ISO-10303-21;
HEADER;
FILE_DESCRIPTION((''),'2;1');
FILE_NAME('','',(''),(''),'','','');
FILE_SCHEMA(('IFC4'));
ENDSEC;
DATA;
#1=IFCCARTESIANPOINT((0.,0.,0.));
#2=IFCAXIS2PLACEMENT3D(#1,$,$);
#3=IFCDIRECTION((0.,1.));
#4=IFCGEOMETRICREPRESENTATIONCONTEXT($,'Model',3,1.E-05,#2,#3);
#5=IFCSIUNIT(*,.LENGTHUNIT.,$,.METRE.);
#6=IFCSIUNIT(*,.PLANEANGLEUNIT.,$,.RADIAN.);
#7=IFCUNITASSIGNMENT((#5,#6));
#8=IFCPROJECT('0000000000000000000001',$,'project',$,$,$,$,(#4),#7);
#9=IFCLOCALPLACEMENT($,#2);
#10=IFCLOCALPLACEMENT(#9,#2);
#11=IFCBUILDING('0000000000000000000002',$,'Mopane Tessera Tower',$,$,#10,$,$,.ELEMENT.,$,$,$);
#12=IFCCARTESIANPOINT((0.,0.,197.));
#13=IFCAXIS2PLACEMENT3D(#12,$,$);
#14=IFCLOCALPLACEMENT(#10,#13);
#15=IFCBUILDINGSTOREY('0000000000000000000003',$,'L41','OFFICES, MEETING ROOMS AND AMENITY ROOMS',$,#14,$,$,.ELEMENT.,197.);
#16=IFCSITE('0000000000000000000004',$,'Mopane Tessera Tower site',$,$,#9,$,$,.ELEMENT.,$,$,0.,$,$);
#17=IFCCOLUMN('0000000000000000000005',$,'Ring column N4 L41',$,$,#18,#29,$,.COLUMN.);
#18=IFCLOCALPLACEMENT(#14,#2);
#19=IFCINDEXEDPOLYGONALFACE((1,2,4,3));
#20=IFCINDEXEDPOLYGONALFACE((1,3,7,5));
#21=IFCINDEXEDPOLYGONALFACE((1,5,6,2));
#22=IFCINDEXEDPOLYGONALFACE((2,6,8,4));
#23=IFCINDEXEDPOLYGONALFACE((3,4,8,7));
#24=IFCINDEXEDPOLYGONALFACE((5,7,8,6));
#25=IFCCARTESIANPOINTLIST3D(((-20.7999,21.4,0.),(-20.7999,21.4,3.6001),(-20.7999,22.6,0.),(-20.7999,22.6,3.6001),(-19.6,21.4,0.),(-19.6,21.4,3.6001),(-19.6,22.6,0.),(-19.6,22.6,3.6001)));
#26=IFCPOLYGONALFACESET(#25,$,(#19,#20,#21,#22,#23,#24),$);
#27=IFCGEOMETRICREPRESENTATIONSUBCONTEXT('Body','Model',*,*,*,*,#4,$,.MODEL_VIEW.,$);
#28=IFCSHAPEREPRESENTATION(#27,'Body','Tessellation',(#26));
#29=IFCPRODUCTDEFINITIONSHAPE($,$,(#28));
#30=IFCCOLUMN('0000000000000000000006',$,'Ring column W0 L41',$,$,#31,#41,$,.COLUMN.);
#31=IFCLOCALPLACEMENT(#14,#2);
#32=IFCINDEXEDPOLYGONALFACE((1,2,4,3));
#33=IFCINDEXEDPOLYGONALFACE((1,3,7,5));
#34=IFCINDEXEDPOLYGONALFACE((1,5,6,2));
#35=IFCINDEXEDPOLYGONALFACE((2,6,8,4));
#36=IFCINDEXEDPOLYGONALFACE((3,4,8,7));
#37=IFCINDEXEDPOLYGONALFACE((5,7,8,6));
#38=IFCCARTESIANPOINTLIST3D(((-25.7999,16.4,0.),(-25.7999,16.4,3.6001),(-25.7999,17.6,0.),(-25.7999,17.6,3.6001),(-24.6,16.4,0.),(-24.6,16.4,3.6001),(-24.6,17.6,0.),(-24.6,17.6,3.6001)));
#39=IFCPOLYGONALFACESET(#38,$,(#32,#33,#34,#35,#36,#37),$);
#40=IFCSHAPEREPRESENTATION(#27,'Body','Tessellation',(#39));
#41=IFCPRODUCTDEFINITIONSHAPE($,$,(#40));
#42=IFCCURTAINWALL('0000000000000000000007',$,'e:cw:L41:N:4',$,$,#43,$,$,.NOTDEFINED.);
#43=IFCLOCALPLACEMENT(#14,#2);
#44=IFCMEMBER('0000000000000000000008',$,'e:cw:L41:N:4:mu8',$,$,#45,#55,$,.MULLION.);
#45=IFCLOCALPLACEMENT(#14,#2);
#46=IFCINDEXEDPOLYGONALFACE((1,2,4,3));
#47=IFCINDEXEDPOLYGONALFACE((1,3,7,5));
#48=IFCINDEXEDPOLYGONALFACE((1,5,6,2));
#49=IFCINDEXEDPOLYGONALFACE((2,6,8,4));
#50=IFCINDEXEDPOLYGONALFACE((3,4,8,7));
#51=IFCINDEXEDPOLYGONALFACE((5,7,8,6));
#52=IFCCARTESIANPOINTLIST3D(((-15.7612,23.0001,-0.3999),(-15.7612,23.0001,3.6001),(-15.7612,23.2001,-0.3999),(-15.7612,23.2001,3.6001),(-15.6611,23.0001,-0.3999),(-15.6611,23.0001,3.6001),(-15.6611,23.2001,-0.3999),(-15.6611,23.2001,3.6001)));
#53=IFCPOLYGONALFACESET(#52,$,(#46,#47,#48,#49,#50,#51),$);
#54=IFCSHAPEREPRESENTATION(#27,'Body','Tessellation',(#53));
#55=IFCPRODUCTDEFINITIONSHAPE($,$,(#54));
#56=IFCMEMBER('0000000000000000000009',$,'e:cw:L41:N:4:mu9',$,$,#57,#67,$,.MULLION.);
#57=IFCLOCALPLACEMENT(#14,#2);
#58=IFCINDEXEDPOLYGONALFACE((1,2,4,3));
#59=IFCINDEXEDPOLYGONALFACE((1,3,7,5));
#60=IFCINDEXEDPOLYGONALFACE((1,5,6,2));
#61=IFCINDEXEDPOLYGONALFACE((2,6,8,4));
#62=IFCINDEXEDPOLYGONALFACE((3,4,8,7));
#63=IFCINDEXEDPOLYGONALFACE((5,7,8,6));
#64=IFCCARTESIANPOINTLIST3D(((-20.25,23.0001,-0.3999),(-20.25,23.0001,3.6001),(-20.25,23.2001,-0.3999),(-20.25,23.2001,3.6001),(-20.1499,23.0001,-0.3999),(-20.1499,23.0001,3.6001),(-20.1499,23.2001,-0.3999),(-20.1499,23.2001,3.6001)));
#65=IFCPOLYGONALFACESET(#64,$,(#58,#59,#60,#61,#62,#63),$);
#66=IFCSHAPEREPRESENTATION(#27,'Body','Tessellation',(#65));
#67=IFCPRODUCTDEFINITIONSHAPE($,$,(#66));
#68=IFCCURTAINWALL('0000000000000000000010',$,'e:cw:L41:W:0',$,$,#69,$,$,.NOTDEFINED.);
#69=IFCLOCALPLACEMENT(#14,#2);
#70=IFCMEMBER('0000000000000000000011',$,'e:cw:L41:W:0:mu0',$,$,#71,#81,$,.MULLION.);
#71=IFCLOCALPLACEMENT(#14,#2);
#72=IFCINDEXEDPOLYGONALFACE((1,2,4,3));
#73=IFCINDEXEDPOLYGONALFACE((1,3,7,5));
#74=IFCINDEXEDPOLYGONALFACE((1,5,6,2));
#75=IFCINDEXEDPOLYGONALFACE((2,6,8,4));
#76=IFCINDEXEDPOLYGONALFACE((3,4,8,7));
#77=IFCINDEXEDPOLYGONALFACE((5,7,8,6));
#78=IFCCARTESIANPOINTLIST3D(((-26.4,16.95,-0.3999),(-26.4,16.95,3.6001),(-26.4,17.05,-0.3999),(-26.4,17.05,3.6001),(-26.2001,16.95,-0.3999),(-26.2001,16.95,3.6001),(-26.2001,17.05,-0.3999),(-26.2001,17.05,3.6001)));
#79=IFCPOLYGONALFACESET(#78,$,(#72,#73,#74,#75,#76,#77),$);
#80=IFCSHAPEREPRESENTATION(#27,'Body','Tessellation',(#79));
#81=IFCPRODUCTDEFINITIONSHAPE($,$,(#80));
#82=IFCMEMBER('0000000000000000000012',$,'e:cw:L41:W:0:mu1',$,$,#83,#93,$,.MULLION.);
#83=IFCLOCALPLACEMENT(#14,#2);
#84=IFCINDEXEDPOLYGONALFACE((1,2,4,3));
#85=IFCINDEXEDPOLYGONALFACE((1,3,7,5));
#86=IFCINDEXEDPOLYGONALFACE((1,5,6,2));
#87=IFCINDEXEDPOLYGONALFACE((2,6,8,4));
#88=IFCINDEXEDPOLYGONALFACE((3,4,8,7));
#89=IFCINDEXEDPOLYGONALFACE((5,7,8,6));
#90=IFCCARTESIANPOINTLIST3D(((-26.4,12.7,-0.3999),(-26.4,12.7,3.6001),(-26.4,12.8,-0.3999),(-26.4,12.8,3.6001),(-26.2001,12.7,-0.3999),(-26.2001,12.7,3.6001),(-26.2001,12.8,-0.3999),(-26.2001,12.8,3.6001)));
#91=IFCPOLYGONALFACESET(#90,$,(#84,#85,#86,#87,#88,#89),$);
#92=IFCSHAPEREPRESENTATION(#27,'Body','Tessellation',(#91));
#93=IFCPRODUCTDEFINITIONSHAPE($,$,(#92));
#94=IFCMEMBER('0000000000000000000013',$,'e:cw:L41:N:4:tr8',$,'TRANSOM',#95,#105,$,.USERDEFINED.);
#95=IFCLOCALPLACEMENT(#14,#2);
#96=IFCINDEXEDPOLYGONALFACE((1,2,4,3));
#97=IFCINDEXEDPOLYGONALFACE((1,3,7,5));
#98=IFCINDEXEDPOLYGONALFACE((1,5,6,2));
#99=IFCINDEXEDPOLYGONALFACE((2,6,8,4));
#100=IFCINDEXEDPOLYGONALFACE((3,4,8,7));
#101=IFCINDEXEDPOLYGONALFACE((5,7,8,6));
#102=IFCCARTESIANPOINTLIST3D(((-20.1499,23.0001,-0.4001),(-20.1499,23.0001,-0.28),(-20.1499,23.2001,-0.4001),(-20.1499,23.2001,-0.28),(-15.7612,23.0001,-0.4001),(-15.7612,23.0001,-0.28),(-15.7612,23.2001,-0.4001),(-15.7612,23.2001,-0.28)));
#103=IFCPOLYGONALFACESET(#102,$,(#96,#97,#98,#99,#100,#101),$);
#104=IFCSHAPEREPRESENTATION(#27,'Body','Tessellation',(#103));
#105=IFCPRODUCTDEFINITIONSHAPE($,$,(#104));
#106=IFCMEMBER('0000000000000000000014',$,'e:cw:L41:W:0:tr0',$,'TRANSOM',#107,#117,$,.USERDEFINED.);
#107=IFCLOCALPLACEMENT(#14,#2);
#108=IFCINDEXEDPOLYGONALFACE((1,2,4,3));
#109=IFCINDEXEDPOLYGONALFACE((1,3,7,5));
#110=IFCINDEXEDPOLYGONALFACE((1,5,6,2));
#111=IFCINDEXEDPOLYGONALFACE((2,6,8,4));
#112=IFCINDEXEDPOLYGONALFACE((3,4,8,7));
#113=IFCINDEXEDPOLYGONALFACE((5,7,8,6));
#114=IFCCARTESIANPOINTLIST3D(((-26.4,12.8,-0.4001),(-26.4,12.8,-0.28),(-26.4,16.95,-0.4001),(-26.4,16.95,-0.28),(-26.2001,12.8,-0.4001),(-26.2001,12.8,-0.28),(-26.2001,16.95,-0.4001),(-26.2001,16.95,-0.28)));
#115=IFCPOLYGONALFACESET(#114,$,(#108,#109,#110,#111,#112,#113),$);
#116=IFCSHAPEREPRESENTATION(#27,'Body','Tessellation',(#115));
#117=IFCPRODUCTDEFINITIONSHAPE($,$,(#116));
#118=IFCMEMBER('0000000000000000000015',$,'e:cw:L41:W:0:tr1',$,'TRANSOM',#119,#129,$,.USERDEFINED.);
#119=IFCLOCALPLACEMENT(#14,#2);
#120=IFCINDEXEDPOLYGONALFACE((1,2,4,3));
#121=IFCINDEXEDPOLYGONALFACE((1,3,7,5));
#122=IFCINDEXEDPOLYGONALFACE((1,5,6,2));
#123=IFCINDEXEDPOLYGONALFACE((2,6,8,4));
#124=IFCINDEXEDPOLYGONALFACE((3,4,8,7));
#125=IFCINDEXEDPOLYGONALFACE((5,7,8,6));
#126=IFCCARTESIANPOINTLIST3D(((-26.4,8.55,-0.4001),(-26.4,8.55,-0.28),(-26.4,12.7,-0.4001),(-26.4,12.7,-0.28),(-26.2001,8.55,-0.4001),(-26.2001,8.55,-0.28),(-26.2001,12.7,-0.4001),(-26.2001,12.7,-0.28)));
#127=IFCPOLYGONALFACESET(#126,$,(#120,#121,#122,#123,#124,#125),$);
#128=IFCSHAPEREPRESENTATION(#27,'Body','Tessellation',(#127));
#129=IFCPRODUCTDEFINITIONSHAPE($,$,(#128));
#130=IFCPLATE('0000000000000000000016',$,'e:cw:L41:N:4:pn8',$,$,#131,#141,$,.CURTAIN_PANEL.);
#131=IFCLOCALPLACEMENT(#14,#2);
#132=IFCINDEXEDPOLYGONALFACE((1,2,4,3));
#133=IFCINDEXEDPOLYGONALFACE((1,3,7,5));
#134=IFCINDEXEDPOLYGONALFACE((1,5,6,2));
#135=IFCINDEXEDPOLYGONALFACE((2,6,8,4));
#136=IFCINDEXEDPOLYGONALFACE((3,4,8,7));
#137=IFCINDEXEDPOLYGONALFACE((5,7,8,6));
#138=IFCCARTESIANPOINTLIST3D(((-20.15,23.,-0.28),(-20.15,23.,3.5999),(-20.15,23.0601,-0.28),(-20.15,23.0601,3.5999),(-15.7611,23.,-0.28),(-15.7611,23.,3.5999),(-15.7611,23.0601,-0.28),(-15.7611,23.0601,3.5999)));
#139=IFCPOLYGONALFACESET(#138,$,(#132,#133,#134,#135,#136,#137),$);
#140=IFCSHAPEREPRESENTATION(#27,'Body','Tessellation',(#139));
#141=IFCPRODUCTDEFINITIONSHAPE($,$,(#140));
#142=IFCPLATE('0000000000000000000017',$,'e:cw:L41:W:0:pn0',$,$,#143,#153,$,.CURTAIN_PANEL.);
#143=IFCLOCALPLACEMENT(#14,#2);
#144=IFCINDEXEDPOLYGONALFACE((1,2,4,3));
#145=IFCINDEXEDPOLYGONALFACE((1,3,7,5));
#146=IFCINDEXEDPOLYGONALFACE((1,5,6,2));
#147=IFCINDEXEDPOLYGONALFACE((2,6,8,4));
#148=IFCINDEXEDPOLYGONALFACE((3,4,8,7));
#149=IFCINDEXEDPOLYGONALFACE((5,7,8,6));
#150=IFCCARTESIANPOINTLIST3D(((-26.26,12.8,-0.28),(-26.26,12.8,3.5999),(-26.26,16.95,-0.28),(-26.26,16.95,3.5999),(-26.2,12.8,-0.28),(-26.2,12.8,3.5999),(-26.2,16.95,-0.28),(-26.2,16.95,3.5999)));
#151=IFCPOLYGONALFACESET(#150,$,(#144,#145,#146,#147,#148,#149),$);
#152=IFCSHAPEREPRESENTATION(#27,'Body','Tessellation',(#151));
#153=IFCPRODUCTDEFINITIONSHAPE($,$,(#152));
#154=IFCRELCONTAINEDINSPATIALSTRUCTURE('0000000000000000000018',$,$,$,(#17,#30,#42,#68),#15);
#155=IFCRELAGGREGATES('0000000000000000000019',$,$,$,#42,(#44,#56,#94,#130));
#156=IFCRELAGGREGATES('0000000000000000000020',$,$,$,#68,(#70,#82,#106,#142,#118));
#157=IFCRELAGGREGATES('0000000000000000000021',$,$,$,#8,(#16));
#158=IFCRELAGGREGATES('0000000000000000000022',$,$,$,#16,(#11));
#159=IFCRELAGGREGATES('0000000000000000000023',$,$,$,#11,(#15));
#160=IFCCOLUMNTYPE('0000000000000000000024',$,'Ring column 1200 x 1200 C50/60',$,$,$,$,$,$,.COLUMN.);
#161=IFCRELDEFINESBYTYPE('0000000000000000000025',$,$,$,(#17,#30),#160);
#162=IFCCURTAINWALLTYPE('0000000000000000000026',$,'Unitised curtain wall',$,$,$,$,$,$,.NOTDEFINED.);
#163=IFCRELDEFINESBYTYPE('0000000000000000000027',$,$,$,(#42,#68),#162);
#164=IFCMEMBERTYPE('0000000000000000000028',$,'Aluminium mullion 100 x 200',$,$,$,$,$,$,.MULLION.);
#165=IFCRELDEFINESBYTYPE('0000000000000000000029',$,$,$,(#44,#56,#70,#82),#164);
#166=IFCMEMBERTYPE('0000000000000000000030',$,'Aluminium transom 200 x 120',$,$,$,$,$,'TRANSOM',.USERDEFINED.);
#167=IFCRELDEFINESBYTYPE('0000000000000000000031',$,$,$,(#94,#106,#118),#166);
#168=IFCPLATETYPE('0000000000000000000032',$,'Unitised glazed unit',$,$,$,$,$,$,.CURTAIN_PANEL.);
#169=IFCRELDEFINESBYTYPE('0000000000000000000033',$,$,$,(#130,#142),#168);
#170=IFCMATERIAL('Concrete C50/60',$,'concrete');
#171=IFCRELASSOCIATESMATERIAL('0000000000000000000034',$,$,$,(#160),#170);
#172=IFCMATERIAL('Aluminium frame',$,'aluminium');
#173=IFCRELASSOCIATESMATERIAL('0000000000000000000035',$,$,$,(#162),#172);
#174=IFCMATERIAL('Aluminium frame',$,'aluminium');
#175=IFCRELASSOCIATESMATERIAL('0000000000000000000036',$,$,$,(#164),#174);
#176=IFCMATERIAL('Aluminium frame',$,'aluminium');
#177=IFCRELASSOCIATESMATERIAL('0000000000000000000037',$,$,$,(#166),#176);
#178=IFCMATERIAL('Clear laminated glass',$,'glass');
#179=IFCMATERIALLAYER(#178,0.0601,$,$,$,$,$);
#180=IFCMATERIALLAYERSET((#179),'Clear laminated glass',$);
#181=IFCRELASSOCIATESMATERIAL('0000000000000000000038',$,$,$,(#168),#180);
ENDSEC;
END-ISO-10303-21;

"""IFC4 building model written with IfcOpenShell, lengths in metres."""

from ifc_helpers import new_model, si_unit, direction, frame, origin, origin_2d, place, context, subcontext, project, spatial, rectangle, extrude, material, layer, layer_set, material_profile, profile_set, type_object, element, aggregate, save


model = new_model("IFC4")

# Units and contexts
model_context = context("Model", 3, precision=1e-05, world=origin(), true_north=direction((0.0, 1.0)))
body_context = subcontext(model_context, "Body", "Model", "MODEL_VIEW")
ifc_project = project(units=[si_unit("LENGTHUNIT", "METRE"), si_unit("PLANEANGLEUNIT", "RADIAN")], contexts=[model_context])

# Site, building, storey
site_placement = place(None, origin())
site = spatial("IfcSite", under=ifc_project, at=site_placement, Name="Mopane Tessera Tower site", CompositionType="ELEMENT", RefElevation=0.0)
building_placement = place(site_placement, origin())
building = spatial("IfcBuilding", under=site, at=building_placement, Name="Mopane Tessera Tower", CompositionType="ELEMENT")
storey_placement = place(building_placement, frame((0.0, 0.0, 197.0)))
storey = spatial("IfcBuildingStorey", under=building, at=storey_placement, Name="L41", Description="OFFICES, MEETING ROOMS AND AMENITY ROOMS", CompositionType="ELEMENT", Elevation=197.0)

# Columns
ifc_material_1 = material(Name="Concrete C50/60", Category="concrete")
ifc_material_profile_1 = material_profile(ifc_material_1, rectangle(XDim=1.2, YDim=1.2, at=origin_2d()))
ifc_profile_set_1 = profile_set([ifc_material_profile_1], Name="Concrete C50/60")
column_type = type_object("IfcColumnType", Name="Ring column 1200 x 1200 C50/60", PredefinedType="COLUMN", material=ifc_profile_set_1)
for number, where, z_axis, x_axis, name in (
    (1, (-20.2, 22.0, 0.0), (0.0, 0.0, 1.0), (1.0, 0.0, 0.0), "Ring column N4 L41"),
    (2, (-25.2, 17.0, 0.0), (0.0, 0.0, 1.0), (1.0, 0.0, 0.0), "Ring column W0 L41"),
):
    element("IfcColumn", number, at=place(storey_placement, frame(where, z_axis=z_axis, x_axis=x_axis)), inside=storey, type_object=column_type, Name=name, PredefinedType="COLUMN", context=body_context, shape_type="SweptSolid", body=[
        extrude(rectangle(XDim=1.2, YDim=1.2, at=origin_2d()), origin(), (0.0, 0.0, 1.0), 3.6001),
    ])

# Curtain walls, members
ifc_material_2 = material(Name="Aluminium frame", Category="aluminium")
curtain_wall_type = type_object("IfcCurtainWallType", Name="Unitised curtain wall", PredefinedType="NOTDEFINED", material=ifc_material_2)
curtain_wall_1_placement = place(storey_placement, origin())
curtain_wall_1 = element("IfcCurtainWall", 3, at=curtain_wall_1_placement, inside=storey, type_object=curtain_wall_type, Name="e:cw:L41:N:4", PredefinedType="NOTDEFINED")
ifc_material_3 = material(Name="Aluminium frame", Category="aluminium")
ifc_material_profile_2 = material_profile(ifc_material_3, rectangle(XDim=0.1001, YDim=0.2, at=origin_2d()))
ifc_profile_set_2 = profile_set([ifc_material_profile_2], Name="Aluminium frame")
member_type_1 = type_object("IfcMemberType", Name="Aluminium mullion 100 x 200", PredefinedType="MULLION", material=ifc_profile_set_2)
member_1_placement = place(storey_placement, frame((-15.7112, 23.1001, -0.3999), z_axis=(0.0, 0.0, 1.0), x_axis=(-1.0, 0.0, 0.0)))
member_1 = element("IfcMember", 4, at=member_1_placement, type_object=member_type_1, Name="e:cw:L41:N:4:mu8", PredefinedType="MULLION", context=body_context, shape_type="SweptSolid", body=[
    extrude(rectangle(XDim=0.1001, YDim=0.2, at=origin_2d()), origin(), (0.0, 0.0, 1.0), 4.0),
])
member_2_placement = place(storey_placement, frame((-20.2, 23.1001, -0.3999), z_axis=(0.0, 0.0, 1.0), x_axis=(-1.0, 0.0, 0.0)))
member_2 = element("IfcMember", 5, at=member_2_placement, type_object=member_type_1, Name="e:cw:L41:N:4:mu9", PredefinedType="MULLION", context=body_context, shape_type="SweptSolid", body=[
    extrude(rectangle(XDim=0.1001, YDim=0.2, at=origin_2d()), origin(), (0.0, 0.0, 1.0), 4.0),
])
curtain_wall_2_placement = place(storey_placement, origin())
curtain_wall_2 = element("IfcCurtainWall", 6, at=curtain_wall_2_placement, inside=storey, type_object=curtain_wall_type, Name="e:cw:L41:W:0", PredefinedType="NOTDEFINED")
member_3_placement = place(storey_placement, frame((-26.3, 17.0, -0.3999), z_axis=(0.0, 0.0, 1.0), x_axis=(0.0, -1.0, 0.0)))
member_3 = element("IfcMember", 7, at=member_3_placement, type_object=member_type_1, Name="e:cw:L41:W:0:mu0", PredefinedType="MULLION", context=body_context, shape_type="SweptSolid", body=[
    extrude(rectangle(XDim=0.1001, YDim=0.2, at=origin_2d()), origin(), (0.0, 0.0, 1.0), 4.0),
])
member_4_placement = place(storey_placement, frame((-26.3, 12.75, -0.3999), z_axis=(0.0, 0.0, 1.0), x_axis=(0.0, -1.0, 0.0)))
member_4 = element("IfcMember", 8, at=member_4_placement, type_object=member_type_1, Name="e:cw:L41:W:0:mu1", PredefinedType="MULLION", context=body_context, shape_type="SweptSolid", body=[
    extrude(rectangle(XDim=0.1001, YDim=0.2, at=origin_2d()), origin(), (0.0, 0.0, 1.0), 4.0),
])

# Members
ifc_material_4 = material(Name="Aluminium frame", Category="aluminium")
ifc_material_profile_3 = material_profile(ifc_material_4, rectangle(XDim=0.2, YDim=0.1201, at=origin_2d()))
ifc_profile_set_3 = profile_set([ifc_material_profile_3], Name="Aluminium frame")
member_type_2 = type_object("IfcMemberType", Name="Aluminium transom 200 x 120", ElementType="TRANSOM", PredefinedType="USERDEFINED", material=ifc_profile_set_3)
member_5_placement = place(storey_placement, frame((-15.7612, 23.1001, -0.3401), z_axis=(-1.0, 0.0, 0.0), x_axis=(0.0, -1.0, 0.0)))
member_5 = element("IfcMember", 9, at=member_5_placement, type_object=member_type_2, Name="e:cw:L41:N:4:tr8", ObjectType="TRANSOM", PredefinedType="USERDEFINED", context=body_context, shape_type="SweptSolid", body=[
    extrude(rectangle(XDim=0.2, YDim=0.1201, at=origin_2d()), origin(), (0.0, 0.0, 1.0), 4.3887),
])
member_6_placement = place(storey_placement, frame((-26.3, 16.95, -0.3401), z_axis=(0.0, -1.0, 0.0), x_axis=(1.0, 0.0, 0.0)))
member_6 = element("IfcMember", 10, at=member_6_placement, type_object=member_type_2, Name="e:cw:L41:W:0:tr0", ObjectType="TRANSOM", PredefinedType="USERDEFINED", context=body_context, shape_type="SweptSolid", body=[
    extrude(rectangle(XDim=0.2, YDim=0.1201, at=origin_2d()), origin(), (0.0, 0.0, 1.0), 4.1499),
])
member_7_placement = place(storey_placement, frame((-26.3, 12.7, -0.3401), z_axis=(0.0, -1.0, 0.0), x_axis=(1.0, 0.0, 0.0)))
member_7 = element("IfcMember", 11, at=member_7_placement, type_object=member_type_2, Name="e:cw:L41:W:0:tr1", ObjectType="TRANSOM", PredefinedType="USERDEFINED", context=body_context, shape_type="SweptSolid", body=[
    extrude(rectangle(XDim=0.2, YDim=0.1201, at=origin_2d()), origin(), (0.0, 0.0, 1.0), 4.1499),
])

# Plates
ifc_material_5 = material(Name="Clear laminated glass", Category="glass")
ifc_layer_1 = layer(ifc_material_5, 0.0601)
ifc_layer_set_1 = layer_set([ifc_layer_1], Name="Clear laminated glass")
plate_type = type_object("IfcPlateType", Name="Unitised glazed unit", PredefinedType="CURTAIN_PANEL", material=ifc_layer_set_1)
plate_1_placement = place(storey_placement, frame((-17.9556, 23.03, -0.28), z_axis=(0.0, 0.0, 1.0), x_axis=(-1.0, 0.0, 0.0)))
plate_1 = element("IfcPlate", 12, at=plate_1_placement, type_object=plate_type, Name="e:cw:L41:N:4:pn8", PredefinedType="CURTAIN_PANEL", context=body_context, shape_type="SweptSolid", body=[
    extrude(rectangle(XDim=4.3889, YDim=0.0601, at=origin_2d()), origin(), (0.0, 0.0, 1.0), 3.8799),
])
aggregate(curtain_wall_1, [member_1, member_2, member_5, plate_1])
plate_2_placement = place(storey_placement, frame((-26.23, 14.875, -0.28), z_axis=(0.0, 0.0, 1.0), x_axis=(0.0, -1.0, 0.0)))
plate_2 = element("IfcPlate", 13, at=plate_2_placement, type_object=plate_type, Name="e:cw:L41:W:0:pn0", PredefinedType="CURTAIN_PANEL", context=body_context, shape_type="SweptSolid", body=[
    extrude(rectangle(XDim=4.1499, YDim=0.0601, at=origin_2d()), origin(), (0.0, 0.0, 1.0), 3.8799),
])
aggregate(curtain_wall_2, [member_3, member_4, member_6, plate_2, member_7])

save(model, "model.ifc")
